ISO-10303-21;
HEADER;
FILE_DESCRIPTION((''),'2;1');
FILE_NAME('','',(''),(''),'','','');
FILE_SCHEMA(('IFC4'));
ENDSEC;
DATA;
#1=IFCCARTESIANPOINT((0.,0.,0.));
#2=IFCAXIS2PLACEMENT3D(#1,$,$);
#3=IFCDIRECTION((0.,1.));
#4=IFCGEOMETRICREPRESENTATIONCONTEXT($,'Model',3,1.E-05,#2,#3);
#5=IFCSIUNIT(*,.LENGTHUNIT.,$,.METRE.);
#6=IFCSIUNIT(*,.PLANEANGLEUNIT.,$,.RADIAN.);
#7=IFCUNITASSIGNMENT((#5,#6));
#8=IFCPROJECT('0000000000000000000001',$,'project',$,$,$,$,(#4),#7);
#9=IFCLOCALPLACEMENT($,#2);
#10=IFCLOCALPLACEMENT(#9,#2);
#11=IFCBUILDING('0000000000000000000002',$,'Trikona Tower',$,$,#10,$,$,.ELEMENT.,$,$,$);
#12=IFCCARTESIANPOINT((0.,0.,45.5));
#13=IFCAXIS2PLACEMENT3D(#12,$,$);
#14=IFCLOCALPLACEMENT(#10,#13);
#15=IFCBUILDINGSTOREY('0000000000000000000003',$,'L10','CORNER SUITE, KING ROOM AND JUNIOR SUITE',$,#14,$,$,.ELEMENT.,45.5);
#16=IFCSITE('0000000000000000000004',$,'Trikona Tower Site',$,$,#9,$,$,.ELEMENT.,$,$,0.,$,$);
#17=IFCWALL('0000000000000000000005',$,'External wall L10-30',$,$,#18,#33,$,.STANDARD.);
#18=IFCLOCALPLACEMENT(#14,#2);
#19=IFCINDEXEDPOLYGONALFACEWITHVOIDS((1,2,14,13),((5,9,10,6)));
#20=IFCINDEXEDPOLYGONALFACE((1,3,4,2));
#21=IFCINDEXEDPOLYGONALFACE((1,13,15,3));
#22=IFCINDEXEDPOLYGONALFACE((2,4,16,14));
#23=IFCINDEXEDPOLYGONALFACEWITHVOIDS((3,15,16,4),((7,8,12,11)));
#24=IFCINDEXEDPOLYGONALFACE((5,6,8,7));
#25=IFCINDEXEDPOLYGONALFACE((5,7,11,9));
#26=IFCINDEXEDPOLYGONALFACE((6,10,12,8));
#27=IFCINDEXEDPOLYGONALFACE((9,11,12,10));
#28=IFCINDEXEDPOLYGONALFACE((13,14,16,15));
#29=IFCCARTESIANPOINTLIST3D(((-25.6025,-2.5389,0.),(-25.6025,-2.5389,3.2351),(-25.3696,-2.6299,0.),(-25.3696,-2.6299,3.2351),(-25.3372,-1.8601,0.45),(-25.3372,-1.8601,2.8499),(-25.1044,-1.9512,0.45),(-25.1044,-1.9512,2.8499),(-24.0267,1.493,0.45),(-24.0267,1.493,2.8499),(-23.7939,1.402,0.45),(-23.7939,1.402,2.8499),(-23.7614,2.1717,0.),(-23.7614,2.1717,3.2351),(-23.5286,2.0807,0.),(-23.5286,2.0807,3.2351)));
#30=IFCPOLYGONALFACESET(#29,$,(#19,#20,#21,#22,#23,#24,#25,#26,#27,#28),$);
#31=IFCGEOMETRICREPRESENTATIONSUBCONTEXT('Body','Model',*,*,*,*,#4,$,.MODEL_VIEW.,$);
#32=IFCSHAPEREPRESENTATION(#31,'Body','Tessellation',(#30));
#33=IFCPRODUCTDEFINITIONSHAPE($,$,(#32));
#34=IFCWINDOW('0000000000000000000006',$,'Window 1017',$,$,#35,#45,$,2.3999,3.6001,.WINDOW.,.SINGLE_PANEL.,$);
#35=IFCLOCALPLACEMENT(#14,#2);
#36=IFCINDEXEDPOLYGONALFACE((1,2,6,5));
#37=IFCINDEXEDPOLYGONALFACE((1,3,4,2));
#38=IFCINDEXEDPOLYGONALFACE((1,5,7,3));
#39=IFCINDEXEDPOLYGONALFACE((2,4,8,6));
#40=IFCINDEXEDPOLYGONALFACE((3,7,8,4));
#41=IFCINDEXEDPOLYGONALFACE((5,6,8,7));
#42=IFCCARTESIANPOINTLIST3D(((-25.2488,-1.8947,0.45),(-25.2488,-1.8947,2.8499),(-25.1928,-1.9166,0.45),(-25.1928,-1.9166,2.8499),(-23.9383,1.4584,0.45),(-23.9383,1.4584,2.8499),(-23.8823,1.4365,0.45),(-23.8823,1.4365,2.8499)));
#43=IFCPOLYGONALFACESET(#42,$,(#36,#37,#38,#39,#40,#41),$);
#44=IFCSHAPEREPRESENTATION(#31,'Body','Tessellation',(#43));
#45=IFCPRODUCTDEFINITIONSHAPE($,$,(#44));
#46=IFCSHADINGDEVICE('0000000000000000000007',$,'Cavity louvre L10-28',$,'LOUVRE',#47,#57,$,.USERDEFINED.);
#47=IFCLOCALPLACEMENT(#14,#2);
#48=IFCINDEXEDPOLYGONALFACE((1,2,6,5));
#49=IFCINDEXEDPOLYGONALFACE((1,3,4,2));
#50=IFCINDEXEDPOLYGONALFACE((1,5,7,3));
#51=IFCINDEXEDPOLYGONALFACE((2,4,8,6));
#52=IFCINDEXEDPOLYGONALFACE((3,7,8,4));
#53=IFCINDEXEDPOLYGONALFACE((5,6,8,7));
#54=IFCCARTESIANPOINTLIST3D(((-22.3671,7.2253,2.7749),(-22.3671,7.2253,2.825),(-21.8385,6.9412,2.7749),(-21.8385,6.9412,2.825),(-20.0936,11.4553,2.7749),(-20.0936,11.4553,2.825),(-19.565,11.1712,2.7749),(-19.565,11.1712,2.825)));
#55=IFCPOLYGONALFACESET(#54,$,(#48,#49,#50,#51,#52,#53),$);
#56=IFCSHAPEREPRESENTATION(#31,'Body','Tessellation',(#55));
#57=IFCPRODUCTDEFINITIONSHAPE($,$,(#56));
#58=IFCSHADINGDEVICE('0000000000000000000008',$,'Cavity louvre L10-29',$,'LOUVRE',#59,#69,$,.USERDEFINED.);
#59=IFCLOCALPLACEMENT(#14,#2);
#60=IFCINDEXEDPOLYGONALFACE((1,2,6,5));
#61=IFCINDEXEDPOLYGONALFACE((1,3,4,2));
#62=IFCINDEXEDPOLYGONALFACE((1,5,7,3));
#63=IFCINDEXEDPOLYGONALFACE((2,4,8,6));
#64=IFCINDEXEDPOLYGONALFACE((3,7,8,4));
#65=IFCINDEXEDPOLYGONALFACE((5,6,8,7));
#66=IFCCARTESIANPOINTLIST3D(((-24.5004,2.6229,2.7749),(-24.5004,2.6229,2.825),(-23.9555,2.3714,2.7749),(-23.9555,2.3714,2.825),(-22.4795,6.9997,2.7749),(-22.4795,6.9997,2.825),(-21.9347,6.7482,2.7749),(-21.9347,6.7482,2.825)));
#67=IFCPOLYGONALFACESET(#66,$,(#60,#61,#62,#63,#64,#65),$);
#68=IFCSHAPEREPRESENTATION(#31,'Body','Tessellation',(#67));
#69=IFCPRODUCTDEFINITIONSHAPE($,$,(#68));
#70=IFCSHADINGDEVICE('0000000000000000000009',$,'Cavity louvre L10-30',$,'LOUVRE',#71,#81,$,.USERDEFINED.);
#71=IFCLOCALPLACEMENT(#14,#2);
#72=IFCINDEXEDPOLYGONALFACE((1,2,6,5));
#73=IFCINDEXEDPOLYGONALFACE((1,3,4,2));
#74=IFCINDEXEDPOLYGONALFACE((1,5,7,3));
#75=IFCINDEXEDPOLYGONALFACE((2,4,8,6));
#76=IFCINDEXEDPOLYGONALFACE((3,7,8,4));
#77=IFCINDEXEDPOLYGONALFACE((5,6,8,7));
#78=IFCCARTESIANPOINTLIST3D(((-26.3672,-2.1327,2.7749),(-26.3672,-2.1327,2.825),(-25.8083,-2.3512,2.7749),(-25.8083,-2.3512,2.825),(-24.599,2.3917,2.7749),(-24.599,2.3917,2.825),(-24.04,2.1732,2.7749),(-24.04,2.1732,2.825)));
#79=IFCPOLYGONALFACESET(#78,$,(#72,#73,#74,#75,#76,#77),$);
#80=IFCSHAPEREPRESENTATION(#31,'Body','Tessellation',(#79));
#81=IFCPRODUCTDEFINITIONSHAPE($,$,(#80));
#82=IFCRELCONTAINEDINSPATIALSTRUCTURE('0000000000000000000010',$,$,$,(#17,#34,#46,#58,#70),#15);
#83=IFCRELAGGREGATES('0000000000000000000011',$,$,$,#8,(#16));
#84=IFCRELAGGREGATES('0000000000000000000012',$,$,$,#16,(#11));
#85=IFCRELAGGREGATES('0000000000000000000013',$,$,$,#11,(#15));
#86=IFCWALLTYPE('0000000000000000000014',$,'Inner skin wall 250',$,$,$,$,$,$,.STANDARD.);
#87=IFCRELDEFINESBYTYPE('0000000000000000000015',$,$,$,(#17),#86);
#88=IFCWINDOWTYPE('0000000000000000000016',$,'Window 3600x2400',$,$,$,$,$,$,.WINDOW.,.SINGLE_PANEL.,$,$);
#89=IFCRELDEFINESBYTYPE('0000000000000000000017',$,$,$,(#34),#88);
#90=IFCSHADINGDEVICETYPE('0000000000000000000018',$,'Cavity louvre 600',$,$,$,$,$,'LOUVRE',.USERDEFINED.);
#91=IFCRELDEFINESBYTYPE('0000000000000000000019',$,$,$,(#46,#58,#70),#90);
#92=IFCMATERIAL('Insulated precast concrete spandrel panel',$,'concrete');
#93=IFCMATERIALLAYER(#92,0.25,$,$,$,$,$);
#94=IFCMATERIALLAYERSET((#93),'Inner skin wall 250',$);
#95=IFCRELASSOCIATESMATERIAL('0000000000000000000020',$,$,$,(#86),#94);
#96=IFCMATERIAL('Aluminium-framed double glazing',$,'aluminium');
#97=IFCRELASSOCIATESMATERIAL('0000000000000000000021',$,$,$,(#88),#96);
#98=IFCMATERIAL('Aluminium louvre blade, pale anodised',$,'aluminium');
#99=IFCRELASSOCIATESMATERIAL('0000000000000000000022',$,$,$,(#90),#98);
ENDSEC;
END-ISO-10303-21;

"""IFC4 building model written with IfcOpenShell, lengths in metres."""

from ifc_helpers import new_model, si_unit, direction, frame, frame_2d, origin, origin_2d, place, context, subcontext, project, spatial, rectangle, extrude, material, layer, layer_set, type_object, element, fill, save


model = new_model("IFC4")

# Units and contexts
model_context = context("Model", 3, precision=1e-05, world=origin(), true_north=direction((0.0, 1.0)))
body_context = subcontext(model_context, "Body", "Model", "MODEL_VIEW")
ifc_project = project(units=[si_unit("LENGTHUNIT", "METRE"), si_unit("PLANEANGLEUNIT", "RADIAN")], contexts=[model_context])

# Site, building, storey
site_placement = place(None, origin())
site = spatial("IfcSite", under=ifc_project, at=site_placement, Name="Trikona Tower Site", CompositionType="ELEMENT", RefElevation=0.0)
building_placement = place(site_placement, origin())
building = spatial("IfcBuilding", under=site, at=building_placement, Name="Trikona Tower", CompositionType="ELEMENT")
storey_placement = place(building_placement, frame((0.0, 0.0, 45.5)))
storey = spatial("IfcBuildingStorey", under=building, at=storey_placement, Name="L10", Description="CORNER SUITE, KING ROOM AND JUNIOR SUITE", CompositionType="ELEMENT", Elevation=45.5)

# Wall, opening, window
ifc_material_1 = material(Name="Insulated precast concrete spandrel panel", Category="concrete")
ifc_layer_1 = layer(ifc_material_1, 0.25)
ifc_layer_set_1 = layer_set([ifc_layer_1], Name="Inner skin wall 250")
wall_type = type_object("IfcWallType", Name="Inner skin wall 250", PredefinedType="STANDARD", material=ifc_layer_set_1)
ifc_material_2 = material(Name="Aluminium-framed double glazing", Category="aluminium")
window_type = type_object("IfcWindowType", Name="Window 3600x2400", PartitioningType="SINGLE_PANEL", PredefinedType="WINDOW", material=ifc_material_2)
wall_1_placement = place(storey_placement, frame((-23.645, 2.1262, 0.0), z_axis=(0.0, 0.0, 1.0), x_axis=(-0.364013, -0.931394, 0.0)))
wall_1 = element("IfcWall", 1, at=wall_1_placement, inside=storey, type_object=wall_type, Name="External wall L10-30", PredefinedType="STANDARD", context=body_context, shape_type="SweptSolid", body=[
    extrude(rectangle(XDim=5.0576, YDim=0.25, at=frame_2d((2.5288, 0.0))), origin(), (0.0, 0.0, 1.0), 3.2351),
])
opening_1_placement = place(wall_1_placement, frame((0.7288, 0.0, 0.45)))
opening_1 = element("IfcOpeningElement", 2, at=opening_1_placement, cuts=wall_1, PredefinedType="OPENING", context=body_context, shape_type="SweptSolid", body=[
    extrude(rectangle(XDim=3.6001, YDim=2.3999, at=frame_2d((1.8, 1.2))), frame((0.0, 0.135, 0.0), z_axis=(0.0, -1.0, 0.0), x_axis=(1.0, 0.0, 0.0)), (0.0, 0.0, 1.0), 0.27),
])
window_1_placement = place(opening_1_placement, origin())
window_1 = element("IfcWindow", 3, at=window_1_placement, inside=storey, type_object=window_type, Name="Window 1017", OverallHeight=2.3999, OverallWidth=3.6001, PartitioningType="SINGLE_PANEL", PredefinedType="WINDOW", context=body_context, shape_type="SweptSolid", body=[
    extrude(rectangle(XDim=3.6001, YDim=2.3999, at=frame_2d((1.8, 1.2))), frame((0.0, 0.03, 0.0), z_axis=(0.0, -1.0, 0.0), x_axis=(1.0, 0.0, 0.0)), (0.0, 0.0, 1.0), 0.0601),
])
fill(opening_1, window_1)

# Shading devices
ifc_material_3 = material(Name="Aluminium louvre blade, pale anodised", Category="aluminium")
shading_device_type = type_object("IfcShadingDeviceType", Name="Cavity louvre 600", ElementType="LOUVRE", PredefinedType="USERDEFINED", material=ifc_material_3)
shading_device_1_placement = place(storey_placement, frame((-20.9661, 9.1982, 2.7749), z_axis=(0.0, 0.0, 1.0), x_axis=(-0.473423, -0.880835, 0.0)))
element("IfcShadingDevice", 4, at=shading_device_1_placement, inside=storey, type_object=shading_device_type, Name="Cavity louvre L10-28", ObjectType="LOUVRE", PredefinedType="USERDEFINED", context=body_context, shape_type="SweptSolid", body=[
    extrude(rectangle(XDim=4.8022, YDim=0.6001, at=origin_2d()), origin(), (0.0, 0.0, 1.0), 0.05),
])
shading_device_2_placement = place(storey_placement, frame((-23.2175, 4.6855, 2.7749), z_axis=(0.0, 0.0, 1.0), x_axis=(-0.419194, -0.907897, 0.0)))
element("IfcShadingDevice", 5, at=shading_device_2_placement, inside=storey, type_object=shading_device_type, Name="Cavity louvre L10-29", ObjectType="LOUVRE", PredefinedType="USERDEFINED", context=body_context, shape_type="SweptSolid", body=[
    extrude(rectangle(XDim=4.8208, YDim=0.6001, at=origin_2d()), origin(), (0.0, 0.0, 1.0), 0.05),
])
shading_device_3_placement = place(storey_placement, frame((-25.2036, 0.0203, 2.7749), z_axis=(0.0, 0.0, 1.0), x_axis=(-0.364009, -0.931395, 0.0)))
element("IfcShadingDevice", 6, at=shading_device_3_placement, inside=storey, type_object=shading_device_type, Name="Cavity louvre L10-30", ObjectType="LOUVRE", PredefinedType="USERDEFINED", context=body_context, shape_type="SweptSolid", body=[
    extrude(rectangle(XDim=4.8577, YDim=0.6001, at=origin_2d()), origin(), (0.0, 0.0, 1.0), 0.05),
])

save(model, "model.ifc")
